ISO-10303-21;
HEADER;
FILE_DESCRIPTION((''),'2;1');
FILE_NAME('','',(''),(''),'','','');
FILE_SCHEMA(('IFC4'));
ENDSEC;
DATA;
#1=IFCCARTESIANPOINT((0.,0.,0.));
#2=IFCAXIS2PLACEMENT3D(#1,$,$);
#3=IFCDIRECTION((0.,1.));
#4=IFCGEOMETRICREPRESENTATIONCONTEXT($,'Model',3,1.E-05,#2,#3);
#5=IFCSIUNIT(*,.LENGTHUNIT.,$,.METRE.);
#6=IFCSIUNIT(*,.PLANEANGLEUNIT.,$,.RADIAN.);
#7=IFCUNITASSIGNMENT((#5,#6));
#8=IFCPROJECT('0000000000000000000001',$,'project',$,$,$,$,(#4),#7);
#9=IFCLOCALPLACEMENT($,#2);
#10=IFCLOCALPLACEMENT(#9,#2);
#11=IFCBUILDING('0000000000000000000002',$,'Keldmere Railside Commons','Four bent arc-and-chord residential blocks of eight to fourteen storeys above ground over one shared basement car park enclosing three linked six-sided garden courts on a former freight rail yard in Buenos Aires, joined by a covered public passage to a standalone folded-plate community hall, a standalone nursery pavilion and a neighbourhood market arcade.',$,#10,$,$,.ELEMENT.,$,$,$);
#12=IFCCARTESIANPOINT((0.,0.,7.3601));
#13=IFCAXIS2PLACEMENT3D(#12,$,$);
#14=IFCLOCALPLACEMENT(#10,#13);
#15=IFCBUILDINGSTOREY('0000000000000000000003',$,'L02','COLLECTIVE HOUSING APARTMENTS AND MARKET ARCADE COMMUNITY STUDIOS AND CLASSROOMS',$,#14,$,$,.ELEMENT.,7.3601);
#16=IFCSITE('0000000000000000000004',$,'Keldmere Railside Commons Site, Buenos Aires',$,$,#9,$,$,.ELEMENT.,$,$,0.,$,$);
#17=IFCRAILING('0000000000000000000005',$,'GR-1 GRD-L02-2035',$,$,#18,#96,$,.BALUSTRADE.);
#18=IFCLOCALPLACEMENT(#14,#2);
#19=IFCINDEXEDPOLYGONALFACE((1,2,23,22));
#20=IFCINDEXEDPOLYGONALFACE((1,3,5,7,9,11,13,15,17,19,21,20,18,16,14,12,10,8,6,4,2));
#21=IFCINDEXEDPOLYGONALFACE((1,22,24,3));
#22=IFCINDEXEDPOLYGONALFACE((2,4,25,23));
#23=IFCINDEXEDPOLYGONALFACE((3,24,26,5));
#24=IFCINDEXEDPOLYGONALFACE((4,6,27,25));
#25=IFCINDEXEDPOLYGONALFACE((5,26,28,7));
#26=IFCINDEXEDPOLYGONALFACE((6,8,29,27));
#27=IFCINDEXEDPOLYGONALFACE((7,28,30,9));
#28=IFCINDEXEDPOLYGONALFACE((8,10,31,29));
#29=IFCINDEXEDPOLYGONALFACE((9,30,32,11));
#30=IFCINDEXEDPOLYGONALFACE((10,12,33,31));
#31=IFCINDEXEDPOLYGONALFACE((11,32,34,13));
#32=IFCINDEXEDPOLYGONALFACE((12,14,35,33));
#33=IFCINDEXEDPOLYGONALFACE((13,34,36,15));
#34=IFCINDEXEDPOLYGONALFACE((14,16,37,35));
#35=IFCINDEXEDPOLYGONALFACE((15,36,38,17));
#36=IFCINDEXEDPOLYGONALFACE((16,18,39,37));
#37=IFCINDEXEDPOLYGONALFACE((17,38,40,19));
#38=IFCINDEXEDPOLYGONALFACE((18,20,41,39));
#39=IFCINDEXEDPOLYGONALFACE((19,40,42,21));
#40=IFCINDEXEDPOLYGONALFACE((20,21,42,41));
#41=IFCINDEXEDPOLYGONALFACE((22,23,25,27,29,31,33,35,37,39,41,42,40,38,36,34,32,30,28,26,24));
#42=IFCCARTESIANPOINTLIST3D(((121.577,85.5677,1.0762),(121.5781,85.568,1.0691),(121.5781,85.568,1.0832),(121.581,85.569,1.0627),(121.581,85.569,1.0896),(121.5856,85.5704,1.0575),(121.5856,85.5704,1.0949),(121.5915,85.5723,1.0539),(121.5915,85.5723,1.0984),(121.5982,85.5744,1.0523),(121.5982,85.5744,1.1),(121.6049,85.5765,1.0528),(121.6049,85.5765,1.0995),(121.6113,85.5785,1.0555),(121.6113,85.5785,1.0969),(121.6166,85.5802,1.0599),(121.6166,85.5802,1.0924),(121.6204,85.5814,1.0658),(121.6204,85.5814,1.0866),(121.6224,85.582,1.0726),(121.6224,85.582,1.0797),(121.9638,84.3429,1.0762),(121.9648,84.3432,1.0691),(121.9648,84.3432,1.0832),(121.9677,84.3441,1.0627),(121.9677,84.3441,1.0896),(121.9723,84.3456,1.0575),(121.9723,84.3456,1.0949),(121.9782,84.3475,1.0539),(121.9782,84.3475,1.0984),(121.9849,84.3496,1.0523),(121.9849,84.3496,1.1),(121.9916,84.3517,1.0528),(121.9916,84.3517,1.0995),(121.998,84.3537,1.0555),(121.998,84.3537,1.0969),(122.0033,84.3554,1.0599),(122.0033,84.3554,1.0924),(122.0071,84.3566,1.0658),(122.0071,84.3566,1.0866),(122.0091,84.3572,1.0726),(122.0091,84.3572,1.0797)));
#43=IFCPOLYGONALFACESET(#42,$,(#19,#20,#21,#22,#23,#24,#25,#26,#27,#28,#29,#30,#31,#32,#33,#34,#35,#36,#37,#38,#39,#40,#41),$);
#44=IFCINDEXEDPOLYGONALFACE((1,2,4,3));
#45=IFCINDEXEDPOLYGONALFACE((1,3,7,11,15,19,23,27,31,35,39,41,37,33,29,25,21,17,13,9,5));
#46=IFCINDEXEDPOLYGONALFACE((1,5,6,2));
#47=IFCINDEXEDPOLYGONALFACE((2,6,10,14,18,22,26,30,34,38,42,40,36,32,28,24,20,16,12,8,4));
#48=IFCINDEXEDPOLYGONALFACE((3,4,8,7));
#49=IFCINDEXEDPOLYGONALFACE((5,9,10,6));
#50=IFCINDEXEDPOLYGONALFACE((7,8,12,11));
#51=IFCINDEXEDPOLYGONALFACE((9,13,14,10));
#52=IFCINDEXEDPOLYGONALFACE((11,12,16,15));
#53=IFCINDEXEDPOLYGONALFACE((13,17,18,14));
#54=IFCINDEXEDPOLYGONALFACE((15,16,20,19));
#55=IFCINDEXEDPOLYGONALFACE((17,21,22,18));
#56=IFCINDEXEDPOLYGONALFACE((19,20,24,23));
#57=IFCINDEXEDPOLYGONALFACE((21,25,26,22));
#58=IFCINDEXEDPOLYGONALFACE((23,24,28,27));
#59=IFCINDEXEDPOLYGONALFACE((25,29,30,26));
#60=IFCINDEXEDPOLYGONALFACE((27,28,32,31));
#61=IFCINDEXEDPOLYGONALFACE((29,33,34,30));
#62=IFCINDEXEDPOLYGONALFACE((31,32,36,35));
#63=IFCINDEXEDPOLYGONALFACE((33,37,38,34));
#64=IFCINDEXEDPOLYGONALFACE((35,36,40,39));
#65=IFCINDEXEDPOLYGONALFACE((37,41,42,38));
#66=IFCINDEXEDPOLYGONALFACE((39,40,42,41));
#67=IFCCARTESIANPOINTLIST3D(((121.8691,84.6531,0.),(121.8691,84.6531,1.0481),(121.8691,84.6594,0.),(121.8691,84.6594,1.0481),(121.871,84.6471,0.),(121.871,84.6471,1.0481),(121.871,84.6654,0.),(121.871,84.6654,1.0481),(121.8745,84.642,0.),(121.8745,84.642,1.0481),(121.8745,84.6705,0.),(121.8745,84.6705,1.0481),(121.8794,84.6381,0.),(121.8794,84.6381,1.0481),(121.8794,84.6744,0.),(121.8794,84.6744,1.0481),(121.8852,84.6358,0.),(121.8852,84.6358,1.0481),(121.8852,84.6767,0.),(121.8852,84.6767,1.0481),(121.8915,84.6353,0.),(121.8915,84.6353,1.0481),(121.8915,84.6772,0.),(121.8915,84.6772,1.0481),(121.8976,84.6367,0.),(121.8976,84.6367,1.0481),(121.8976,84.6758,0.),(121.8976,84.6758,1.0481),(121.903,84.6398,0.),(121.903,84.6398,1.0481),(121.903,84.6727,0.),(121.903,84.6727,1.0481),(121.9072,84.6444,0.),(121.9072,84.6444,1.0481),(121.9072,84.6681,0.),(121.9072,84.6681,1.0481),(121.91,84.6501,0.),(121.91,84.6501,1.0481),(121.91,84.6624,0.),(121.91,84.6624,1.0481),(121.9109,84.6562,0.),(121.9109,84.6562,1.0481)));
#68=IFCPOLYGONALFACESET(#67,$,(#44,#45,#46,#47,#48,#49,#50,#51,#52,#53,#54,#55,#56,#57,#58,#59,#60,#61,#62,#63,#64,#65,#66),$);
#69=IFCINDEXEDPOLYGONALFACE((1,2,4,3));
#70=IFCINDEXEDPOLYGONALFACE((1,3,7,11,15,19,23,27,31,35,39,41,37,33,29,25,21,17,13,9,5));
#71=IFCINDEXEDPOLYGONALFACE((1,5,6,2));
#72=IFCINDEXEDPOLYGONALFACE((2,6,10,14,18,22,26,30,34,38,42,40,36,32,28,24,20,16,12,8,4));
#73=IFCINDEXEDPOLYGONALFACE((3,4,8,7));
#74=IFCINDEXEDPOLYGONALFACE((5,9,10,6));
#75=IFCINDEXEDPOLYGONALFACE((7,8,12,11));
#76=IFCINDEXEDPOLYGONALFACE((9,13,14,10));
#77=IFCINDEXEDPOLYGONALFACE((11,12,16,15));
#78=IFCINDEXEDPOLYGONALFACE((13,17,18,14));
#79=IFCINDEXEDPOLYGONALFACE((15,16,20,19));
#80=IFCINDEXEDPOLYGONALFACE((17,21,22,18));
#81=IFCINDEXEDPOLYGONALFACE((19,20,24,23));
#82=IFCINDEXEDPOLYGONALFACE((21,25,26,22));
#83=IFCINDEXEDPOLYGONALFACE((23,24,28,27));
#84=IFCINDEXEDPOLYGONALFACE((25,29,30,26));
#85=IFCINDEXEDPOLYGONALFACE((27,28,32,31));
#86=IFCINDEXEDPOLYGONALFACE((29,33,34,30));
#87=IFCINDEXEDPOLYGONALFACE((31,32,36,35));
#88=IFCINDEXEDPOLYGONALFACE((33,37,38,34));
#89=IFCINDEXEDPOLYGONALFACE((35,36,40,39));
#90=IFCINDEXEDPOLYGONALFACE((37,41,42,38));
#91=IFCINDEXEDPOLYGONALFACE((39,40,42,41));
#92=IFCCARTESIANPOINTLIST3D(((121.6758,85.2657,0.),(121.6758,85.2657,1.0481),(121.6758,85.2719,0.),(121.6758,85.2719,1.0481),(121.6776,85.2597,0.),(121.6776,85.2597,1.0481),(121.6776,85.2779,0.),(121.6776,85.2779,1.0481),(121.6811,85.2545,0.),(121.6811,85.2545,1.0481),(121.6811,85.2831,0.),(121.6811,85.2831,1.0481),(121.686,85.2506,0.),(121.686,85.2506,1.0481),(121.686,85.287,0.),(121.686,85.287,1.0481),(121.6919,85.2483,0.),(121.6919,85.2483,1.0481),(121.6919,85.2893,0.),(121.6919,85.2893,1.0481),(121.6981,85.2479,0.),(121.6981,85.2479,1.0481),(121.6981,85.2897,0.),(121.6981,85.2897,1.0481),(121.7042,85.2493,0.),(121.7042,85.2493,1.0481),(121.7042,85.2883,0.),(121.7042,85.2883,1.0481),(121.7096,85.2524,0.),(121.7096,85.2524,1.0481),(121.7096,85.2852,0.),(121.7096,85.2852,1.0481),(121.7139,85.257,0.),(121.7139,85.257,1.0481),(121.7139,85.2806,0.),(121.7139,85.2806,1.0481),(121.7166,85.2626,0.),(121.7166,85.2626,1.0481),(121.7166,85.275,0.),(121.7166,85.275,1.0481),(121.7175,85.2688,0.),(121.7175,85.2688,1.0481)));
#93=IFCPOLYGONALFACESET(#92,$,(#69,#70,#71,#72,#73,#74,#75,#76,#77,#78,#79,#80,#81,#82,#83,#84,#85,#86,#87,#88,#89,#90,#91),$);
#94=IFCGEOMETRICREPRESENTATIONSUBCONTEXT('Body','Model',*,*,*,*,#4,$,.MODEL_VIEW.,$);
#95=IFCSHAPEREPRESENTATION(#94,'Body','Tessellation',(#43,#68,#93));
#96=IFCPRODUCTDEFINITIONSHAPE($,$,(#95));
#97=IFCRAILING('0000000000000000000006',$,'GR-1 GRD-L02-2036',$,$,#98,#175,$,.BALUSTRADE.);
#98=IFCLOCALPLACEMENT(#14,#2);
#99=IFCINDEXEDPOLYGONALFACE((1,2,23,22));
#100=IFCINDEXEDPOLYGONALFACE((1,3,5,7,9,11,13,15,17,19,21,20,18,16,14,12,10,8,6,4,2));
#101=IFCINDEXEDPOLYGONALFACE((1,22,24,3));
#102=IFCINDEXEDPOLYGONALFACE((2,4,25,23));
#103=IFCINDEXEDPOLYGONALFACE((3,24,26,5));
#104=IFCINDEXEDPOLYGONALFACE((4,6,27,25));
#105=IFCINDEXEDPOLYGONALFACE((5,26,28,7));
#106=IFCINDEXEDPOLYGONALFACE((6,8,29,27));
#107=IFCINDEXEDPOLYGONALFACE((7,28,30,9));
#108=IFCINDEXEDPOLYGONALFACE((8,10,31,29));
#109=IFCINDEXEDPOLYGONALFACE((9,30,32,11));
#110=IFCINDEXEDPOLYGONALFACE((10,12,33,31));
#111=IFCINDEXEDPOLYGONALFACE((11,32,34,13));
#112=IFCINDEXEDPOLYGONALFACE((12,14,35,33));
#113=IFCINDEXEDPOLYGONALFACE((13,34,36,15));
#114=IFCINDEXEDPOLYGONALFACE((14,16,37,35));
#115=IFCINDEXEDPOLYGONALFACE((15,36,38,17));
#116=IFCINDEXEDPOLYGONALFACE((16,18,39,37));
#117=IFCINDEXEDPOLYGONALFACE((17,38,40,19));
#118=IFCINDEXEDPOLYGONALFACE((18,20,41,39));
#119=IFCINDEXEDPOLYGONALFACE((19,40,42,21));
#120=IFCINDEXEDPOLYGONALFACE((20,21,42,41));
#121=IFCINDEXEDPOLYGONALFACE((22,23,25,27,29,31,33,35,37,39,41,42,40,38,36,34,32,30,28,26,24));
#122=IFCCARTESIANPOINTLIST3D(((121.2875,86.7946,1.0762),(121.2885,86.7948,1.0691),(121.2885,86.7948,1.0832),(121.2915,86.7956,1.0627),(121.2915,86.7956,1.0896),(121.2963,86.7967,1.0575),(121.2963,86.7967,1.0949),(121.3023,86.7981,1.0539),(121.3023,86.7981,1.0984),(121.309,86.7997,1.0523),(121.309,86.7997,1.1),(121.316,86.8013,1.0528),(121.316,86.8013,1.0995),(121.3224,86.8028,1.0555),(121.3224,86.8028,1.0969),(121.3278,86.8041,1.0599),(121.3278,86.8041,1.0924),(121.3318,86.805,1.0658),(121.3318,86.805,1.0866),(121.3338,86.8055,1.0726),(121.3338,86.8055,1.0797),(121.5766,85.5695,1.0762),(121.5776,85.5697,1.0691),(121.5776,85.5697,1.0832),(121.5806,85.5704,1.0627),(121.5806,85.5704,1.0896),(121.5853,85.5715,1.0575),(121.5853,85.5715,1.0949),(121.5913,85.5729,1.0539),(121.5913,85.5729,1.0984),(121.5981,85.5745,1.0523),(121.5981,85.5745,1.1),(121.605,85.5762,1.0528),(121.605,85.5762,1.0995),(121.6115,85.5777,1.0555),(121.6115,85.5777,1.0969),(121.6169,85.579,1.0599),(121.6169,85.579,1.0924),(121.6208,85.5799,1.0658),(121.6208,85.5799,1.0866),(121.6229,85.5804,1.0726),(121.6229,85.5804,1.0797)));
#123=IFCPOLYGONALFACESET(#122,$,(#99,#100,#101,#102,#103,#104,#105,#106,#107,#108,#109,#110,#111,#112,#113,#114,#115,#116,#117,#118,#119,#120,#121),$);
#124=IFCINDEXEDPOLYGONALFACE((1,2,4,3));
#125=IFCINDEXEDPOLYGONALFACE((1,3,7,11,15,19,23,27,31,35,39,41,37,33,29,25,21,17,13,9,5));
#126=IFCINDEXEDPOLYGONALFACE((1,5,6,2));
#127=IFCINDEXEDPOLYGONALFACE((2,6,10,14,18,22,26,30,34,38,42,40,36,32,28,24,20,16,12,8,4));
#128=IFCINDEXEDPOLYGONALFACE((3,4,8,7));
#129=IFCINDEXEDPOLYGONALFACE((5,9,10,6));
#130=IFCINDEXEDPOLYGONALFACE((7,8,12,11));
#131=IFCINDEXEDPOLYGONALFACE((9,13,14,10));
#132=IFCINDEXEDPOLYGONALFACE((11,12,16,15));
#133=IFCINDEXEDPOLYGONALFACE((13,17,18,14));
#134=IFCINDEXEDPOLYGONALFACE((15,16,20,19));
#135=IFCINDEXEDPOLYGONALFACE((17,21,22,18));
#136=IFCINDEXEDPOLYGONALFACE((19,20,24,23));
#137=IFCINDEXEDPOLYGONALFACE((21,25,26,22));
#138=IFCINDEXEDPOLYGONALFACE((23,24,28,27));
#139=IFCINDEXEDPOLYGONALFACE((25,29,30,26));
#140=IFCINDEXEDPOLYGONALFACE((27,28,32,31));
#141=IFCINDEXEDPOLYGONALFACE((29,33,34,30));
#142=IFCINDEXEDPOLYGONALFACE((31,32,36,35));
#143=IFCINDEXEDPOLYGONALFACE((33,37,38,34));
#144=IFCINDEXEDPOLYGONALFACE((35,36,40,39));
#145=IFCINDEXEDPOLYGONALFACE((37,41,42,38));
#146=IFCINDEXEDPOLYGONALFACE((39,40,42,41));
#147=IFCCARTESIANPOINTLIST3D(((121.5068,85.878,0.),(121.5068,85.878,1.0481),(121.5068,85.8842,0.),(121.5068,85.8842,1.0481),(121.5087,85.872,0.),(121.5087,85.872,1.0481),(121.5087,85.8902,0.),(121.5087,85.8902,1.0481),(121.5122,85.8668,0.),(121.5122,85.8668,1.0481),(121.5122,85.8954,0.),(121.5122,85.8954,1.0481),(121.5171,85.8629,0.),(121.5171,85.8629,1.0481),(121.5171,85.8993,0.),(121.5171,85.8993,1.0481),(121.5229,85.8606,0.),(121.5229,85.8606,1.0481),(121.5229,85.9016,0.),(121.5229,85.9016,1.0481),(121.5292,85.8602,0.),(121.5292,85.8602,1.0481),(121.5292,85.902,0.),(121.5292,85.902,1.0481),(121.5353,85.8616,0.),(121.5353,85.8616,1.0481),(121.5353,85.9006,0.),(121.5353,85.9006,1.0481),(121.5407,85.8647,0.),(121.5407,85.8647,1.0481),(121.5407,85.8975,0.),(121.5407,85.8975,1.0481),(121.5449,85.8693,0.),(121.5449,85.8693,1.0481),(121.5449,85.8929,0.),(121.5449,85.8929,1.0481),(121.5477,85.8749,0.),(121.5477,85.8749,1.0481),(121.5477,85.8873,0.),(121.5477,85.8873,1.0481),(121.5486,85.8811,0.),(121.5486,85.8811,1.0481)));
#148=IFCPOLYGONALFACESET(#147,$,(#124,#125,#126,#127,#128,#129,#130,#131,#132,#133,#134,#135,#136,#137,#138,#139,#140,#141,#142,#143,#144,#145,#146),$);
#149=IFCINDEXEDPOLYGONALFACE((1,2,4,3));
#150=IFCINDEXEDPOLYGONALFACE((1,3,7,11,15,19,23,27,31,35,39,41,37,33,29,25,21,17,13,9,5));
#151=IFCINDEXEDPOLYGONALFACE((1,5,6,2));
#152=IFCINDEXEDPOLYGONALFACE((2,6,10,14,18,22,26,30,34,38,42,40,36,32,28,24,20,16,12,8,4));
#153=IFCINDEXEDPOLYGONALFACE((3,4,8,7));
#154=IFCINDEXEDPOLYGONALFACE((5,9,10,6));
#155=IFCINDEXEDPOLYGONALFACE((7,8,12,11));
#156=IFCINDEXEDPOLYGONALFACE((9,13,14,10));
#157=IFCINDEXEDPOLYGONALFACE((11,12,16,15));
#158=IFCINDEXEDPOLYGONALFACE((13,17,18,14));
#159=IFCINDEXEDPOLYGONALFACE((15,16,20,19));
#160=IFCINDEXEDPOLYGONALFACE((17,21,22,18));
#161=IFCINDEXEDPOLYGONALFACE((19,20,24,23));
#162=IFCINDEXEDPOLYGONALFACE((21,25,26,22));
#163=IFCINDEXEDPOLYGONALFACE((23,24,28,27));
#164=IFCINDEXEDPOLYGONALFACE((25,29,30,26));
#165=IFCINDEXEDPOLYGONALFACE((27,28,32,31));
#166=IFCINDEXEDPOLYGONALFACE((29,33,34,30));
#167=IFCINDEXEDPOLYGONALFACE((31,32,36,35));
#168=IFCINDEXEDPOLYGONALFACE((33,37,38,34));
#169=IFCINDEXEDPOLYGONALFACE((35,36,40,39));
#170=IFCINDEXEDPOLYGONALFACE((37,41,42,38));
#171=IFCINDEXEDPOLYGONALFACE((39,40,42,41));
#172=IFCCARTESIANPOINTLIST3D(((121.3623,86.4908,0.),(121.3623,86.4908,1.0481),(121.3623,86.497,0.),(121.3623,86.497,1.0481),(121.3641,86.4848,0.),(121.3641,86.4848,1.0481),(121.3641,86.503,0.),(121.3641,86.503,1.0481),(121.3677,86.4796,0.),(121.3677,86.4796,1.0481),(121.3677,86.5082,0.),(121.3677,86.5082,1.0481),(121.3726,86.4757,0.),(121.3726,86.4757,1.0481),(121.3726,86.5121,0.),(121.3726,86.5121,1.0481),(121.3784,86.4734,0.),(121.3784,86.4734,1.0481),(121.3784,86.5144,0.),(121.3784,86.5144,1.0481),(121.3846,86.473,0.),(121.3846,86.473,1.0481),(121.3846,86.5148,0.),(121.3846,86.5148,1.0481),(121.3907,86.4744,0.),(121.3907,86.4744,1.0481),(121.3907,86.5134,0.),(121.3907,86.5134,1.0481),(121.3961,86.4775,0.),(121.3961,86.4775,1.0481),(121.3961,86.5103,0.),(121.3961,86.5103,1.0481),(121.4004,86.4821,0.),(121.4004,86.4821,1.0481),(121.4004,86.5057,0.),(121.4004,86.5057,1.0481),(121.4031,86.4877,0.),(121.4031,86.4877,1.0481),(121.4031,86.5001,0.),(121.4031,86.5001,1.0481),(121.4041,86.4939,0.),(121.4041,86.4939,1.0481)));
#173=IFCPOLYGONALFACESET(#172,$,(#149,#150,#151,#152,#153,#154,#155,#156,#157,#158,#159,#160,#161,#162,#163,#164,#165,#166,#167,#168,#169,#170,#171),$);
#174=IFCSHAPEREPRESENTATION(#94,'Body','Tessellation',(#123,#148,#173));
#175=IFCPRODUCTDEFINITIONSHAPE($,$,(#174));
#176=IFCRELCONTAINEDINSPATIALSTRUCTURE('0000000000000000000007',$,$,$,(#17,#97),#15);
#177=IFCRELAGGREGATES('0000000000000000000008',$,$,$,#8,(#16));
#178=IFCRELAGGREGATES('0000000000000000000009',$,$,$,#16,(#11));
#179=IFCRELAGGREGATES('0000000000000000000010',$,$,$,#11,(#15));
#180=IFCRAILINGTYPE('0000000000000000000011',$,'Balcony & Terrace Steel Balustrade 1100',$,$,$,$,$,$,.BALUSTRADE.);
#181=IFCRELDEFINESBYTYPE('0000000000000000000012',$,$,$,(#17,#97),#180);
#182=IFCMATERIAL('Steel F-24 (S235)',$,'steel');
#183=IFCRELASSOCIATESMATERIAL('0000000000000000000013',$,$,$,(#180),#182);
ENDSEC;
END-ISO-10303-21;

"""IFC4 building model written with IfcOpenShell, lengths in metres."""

from ifc_helpers import new_model, si_unit, direction, frame, origin, origin_2d, place, context, subcontext, project, spatial, circle, extrude, material, type_object, element, save


model = new_model("IFC4")

# Units and contexts
model_context = context("Model", 3, precision=1e-05, world=origin(), true_north=direction((0.0, 1.0)))
body_context = subcontext(model_context, "Body", "Model", "MODEL_VIEW")
ifc_project = project(units=[si_unit("LENGTHUNIT", "METRE"), si_unit("PLANEANGLEUNIT", "RADIAN")], contexts=[model_context])

# Site, building, storey
site_placement = place(None, origin())
site = spatial("IfcSite", under=ifc_project, at=site_placement, Name="Keldmere Railside Commons Site, Buenos Aires", CompositionType="ELEMENT", RefElevation=0.0)
building_placement = place(site_placement, origin())
building = spatial("IfcBuilding", under=site, at=building_placement, Name="Keldmere Railside Commons", Description="Four bent arc-and-chord residential blocks of eight to fourteen storeys above ground over one shared basement car park enclosing three linked six-sided garden courts on a former freight rail yard in Buenos Aires, joined by a covered public passage to a standalone folded-plate community hall, a standalone nursery pavilion and a neighbourhood market arcade.", CompositionType="ELEMENT")
storey_placement = place(building_placement, frame((0.0, 0.0, 7.3601)))
storey = spatial("IfcBuildingStorey", under=building, at=storey_placement, Name="L02", Description="COLLECTIVE HOUSING APARTMENTS AND MARKET ARCADE COMMUNITY STUDIOS AND CLASSROOMS", CompositionType="ELEMENT", Elevation=7.3601)

# Railings
ifc_material_1 = material(Name="Steel F-24 (S235)", Category="steel")
railing_type = type_object("IfcRailingType", Name="Balcony & Terrace Steel Balustrade 1100", PredefinedType="BALUSTRADE", material=ifc_material_1)
railing_1_placement = place(storey_placement, frame((121.9866, 84.3501, 0.0)))
element("IfcRailing", 1, at=railing_1_placement, inside=storey, type_object=railing_type, Name="GR-1 GRD-L02-2035", PredefinedType="BALUSTRADE", context=body_context, shape_type="SweptSolid", body=[
    extrude(circle(Radius=0.0239, at=origin_2d()), frame((0.0, 0.0, 1.0762), z_axis=(-0.301077, 0.9536, 0.0), x_axis=(-0.9536, -0.301077, 0.0)), (0.0, 0.0, 1.0), 1.2844),
    extrude(circle(Radius=0.021, at=origin_2d()), frame((-0.0967, 0.3062, 0.0)), (0.0, 0.0, 1.0), 1.0481),
    extrude(circle(Radius=0.021, at=origin_2d()), frame((-0.29, 0.9187, 0.0)), (0.0, 0.0, 1.0), 1.0481),
])
railing_2_placement = place(storey_placement, frame((121.5999, 85.575, 0.0)))
element("IfcRailing", 2, at=railing_2_placement, inside=storey, type_object=railing_type, Name="GR-1 GRD-L02-2036", PredefinedType="BALUSTRADE", context=body_context, shape_type="SweptSolid", body=[
    extrude(circle(Radius=0.0239, at=origin_2d()), frame((0.0, 0.0, 1.0762), z_axis=(-0.229645, 0.973275, 0.0), x_axis=(-0.973275, -0.229645, 0.0)), (0.0, 0.0, 1.0), 1.2588),
    extrude(circle(Radius=0.021, at=origin_2d()), frame((-0.0723, 0.3062, 0.0)), (0.0, 0.0, 1.0), 1.0481),
    extrude(circle(Radius=0.021, at=origin_2d()), frame((-0.2168, 0.9189, 0.0)), (0.0, 0.0, 1.0), 1.0481),
])

save(model, "model.ifc")
